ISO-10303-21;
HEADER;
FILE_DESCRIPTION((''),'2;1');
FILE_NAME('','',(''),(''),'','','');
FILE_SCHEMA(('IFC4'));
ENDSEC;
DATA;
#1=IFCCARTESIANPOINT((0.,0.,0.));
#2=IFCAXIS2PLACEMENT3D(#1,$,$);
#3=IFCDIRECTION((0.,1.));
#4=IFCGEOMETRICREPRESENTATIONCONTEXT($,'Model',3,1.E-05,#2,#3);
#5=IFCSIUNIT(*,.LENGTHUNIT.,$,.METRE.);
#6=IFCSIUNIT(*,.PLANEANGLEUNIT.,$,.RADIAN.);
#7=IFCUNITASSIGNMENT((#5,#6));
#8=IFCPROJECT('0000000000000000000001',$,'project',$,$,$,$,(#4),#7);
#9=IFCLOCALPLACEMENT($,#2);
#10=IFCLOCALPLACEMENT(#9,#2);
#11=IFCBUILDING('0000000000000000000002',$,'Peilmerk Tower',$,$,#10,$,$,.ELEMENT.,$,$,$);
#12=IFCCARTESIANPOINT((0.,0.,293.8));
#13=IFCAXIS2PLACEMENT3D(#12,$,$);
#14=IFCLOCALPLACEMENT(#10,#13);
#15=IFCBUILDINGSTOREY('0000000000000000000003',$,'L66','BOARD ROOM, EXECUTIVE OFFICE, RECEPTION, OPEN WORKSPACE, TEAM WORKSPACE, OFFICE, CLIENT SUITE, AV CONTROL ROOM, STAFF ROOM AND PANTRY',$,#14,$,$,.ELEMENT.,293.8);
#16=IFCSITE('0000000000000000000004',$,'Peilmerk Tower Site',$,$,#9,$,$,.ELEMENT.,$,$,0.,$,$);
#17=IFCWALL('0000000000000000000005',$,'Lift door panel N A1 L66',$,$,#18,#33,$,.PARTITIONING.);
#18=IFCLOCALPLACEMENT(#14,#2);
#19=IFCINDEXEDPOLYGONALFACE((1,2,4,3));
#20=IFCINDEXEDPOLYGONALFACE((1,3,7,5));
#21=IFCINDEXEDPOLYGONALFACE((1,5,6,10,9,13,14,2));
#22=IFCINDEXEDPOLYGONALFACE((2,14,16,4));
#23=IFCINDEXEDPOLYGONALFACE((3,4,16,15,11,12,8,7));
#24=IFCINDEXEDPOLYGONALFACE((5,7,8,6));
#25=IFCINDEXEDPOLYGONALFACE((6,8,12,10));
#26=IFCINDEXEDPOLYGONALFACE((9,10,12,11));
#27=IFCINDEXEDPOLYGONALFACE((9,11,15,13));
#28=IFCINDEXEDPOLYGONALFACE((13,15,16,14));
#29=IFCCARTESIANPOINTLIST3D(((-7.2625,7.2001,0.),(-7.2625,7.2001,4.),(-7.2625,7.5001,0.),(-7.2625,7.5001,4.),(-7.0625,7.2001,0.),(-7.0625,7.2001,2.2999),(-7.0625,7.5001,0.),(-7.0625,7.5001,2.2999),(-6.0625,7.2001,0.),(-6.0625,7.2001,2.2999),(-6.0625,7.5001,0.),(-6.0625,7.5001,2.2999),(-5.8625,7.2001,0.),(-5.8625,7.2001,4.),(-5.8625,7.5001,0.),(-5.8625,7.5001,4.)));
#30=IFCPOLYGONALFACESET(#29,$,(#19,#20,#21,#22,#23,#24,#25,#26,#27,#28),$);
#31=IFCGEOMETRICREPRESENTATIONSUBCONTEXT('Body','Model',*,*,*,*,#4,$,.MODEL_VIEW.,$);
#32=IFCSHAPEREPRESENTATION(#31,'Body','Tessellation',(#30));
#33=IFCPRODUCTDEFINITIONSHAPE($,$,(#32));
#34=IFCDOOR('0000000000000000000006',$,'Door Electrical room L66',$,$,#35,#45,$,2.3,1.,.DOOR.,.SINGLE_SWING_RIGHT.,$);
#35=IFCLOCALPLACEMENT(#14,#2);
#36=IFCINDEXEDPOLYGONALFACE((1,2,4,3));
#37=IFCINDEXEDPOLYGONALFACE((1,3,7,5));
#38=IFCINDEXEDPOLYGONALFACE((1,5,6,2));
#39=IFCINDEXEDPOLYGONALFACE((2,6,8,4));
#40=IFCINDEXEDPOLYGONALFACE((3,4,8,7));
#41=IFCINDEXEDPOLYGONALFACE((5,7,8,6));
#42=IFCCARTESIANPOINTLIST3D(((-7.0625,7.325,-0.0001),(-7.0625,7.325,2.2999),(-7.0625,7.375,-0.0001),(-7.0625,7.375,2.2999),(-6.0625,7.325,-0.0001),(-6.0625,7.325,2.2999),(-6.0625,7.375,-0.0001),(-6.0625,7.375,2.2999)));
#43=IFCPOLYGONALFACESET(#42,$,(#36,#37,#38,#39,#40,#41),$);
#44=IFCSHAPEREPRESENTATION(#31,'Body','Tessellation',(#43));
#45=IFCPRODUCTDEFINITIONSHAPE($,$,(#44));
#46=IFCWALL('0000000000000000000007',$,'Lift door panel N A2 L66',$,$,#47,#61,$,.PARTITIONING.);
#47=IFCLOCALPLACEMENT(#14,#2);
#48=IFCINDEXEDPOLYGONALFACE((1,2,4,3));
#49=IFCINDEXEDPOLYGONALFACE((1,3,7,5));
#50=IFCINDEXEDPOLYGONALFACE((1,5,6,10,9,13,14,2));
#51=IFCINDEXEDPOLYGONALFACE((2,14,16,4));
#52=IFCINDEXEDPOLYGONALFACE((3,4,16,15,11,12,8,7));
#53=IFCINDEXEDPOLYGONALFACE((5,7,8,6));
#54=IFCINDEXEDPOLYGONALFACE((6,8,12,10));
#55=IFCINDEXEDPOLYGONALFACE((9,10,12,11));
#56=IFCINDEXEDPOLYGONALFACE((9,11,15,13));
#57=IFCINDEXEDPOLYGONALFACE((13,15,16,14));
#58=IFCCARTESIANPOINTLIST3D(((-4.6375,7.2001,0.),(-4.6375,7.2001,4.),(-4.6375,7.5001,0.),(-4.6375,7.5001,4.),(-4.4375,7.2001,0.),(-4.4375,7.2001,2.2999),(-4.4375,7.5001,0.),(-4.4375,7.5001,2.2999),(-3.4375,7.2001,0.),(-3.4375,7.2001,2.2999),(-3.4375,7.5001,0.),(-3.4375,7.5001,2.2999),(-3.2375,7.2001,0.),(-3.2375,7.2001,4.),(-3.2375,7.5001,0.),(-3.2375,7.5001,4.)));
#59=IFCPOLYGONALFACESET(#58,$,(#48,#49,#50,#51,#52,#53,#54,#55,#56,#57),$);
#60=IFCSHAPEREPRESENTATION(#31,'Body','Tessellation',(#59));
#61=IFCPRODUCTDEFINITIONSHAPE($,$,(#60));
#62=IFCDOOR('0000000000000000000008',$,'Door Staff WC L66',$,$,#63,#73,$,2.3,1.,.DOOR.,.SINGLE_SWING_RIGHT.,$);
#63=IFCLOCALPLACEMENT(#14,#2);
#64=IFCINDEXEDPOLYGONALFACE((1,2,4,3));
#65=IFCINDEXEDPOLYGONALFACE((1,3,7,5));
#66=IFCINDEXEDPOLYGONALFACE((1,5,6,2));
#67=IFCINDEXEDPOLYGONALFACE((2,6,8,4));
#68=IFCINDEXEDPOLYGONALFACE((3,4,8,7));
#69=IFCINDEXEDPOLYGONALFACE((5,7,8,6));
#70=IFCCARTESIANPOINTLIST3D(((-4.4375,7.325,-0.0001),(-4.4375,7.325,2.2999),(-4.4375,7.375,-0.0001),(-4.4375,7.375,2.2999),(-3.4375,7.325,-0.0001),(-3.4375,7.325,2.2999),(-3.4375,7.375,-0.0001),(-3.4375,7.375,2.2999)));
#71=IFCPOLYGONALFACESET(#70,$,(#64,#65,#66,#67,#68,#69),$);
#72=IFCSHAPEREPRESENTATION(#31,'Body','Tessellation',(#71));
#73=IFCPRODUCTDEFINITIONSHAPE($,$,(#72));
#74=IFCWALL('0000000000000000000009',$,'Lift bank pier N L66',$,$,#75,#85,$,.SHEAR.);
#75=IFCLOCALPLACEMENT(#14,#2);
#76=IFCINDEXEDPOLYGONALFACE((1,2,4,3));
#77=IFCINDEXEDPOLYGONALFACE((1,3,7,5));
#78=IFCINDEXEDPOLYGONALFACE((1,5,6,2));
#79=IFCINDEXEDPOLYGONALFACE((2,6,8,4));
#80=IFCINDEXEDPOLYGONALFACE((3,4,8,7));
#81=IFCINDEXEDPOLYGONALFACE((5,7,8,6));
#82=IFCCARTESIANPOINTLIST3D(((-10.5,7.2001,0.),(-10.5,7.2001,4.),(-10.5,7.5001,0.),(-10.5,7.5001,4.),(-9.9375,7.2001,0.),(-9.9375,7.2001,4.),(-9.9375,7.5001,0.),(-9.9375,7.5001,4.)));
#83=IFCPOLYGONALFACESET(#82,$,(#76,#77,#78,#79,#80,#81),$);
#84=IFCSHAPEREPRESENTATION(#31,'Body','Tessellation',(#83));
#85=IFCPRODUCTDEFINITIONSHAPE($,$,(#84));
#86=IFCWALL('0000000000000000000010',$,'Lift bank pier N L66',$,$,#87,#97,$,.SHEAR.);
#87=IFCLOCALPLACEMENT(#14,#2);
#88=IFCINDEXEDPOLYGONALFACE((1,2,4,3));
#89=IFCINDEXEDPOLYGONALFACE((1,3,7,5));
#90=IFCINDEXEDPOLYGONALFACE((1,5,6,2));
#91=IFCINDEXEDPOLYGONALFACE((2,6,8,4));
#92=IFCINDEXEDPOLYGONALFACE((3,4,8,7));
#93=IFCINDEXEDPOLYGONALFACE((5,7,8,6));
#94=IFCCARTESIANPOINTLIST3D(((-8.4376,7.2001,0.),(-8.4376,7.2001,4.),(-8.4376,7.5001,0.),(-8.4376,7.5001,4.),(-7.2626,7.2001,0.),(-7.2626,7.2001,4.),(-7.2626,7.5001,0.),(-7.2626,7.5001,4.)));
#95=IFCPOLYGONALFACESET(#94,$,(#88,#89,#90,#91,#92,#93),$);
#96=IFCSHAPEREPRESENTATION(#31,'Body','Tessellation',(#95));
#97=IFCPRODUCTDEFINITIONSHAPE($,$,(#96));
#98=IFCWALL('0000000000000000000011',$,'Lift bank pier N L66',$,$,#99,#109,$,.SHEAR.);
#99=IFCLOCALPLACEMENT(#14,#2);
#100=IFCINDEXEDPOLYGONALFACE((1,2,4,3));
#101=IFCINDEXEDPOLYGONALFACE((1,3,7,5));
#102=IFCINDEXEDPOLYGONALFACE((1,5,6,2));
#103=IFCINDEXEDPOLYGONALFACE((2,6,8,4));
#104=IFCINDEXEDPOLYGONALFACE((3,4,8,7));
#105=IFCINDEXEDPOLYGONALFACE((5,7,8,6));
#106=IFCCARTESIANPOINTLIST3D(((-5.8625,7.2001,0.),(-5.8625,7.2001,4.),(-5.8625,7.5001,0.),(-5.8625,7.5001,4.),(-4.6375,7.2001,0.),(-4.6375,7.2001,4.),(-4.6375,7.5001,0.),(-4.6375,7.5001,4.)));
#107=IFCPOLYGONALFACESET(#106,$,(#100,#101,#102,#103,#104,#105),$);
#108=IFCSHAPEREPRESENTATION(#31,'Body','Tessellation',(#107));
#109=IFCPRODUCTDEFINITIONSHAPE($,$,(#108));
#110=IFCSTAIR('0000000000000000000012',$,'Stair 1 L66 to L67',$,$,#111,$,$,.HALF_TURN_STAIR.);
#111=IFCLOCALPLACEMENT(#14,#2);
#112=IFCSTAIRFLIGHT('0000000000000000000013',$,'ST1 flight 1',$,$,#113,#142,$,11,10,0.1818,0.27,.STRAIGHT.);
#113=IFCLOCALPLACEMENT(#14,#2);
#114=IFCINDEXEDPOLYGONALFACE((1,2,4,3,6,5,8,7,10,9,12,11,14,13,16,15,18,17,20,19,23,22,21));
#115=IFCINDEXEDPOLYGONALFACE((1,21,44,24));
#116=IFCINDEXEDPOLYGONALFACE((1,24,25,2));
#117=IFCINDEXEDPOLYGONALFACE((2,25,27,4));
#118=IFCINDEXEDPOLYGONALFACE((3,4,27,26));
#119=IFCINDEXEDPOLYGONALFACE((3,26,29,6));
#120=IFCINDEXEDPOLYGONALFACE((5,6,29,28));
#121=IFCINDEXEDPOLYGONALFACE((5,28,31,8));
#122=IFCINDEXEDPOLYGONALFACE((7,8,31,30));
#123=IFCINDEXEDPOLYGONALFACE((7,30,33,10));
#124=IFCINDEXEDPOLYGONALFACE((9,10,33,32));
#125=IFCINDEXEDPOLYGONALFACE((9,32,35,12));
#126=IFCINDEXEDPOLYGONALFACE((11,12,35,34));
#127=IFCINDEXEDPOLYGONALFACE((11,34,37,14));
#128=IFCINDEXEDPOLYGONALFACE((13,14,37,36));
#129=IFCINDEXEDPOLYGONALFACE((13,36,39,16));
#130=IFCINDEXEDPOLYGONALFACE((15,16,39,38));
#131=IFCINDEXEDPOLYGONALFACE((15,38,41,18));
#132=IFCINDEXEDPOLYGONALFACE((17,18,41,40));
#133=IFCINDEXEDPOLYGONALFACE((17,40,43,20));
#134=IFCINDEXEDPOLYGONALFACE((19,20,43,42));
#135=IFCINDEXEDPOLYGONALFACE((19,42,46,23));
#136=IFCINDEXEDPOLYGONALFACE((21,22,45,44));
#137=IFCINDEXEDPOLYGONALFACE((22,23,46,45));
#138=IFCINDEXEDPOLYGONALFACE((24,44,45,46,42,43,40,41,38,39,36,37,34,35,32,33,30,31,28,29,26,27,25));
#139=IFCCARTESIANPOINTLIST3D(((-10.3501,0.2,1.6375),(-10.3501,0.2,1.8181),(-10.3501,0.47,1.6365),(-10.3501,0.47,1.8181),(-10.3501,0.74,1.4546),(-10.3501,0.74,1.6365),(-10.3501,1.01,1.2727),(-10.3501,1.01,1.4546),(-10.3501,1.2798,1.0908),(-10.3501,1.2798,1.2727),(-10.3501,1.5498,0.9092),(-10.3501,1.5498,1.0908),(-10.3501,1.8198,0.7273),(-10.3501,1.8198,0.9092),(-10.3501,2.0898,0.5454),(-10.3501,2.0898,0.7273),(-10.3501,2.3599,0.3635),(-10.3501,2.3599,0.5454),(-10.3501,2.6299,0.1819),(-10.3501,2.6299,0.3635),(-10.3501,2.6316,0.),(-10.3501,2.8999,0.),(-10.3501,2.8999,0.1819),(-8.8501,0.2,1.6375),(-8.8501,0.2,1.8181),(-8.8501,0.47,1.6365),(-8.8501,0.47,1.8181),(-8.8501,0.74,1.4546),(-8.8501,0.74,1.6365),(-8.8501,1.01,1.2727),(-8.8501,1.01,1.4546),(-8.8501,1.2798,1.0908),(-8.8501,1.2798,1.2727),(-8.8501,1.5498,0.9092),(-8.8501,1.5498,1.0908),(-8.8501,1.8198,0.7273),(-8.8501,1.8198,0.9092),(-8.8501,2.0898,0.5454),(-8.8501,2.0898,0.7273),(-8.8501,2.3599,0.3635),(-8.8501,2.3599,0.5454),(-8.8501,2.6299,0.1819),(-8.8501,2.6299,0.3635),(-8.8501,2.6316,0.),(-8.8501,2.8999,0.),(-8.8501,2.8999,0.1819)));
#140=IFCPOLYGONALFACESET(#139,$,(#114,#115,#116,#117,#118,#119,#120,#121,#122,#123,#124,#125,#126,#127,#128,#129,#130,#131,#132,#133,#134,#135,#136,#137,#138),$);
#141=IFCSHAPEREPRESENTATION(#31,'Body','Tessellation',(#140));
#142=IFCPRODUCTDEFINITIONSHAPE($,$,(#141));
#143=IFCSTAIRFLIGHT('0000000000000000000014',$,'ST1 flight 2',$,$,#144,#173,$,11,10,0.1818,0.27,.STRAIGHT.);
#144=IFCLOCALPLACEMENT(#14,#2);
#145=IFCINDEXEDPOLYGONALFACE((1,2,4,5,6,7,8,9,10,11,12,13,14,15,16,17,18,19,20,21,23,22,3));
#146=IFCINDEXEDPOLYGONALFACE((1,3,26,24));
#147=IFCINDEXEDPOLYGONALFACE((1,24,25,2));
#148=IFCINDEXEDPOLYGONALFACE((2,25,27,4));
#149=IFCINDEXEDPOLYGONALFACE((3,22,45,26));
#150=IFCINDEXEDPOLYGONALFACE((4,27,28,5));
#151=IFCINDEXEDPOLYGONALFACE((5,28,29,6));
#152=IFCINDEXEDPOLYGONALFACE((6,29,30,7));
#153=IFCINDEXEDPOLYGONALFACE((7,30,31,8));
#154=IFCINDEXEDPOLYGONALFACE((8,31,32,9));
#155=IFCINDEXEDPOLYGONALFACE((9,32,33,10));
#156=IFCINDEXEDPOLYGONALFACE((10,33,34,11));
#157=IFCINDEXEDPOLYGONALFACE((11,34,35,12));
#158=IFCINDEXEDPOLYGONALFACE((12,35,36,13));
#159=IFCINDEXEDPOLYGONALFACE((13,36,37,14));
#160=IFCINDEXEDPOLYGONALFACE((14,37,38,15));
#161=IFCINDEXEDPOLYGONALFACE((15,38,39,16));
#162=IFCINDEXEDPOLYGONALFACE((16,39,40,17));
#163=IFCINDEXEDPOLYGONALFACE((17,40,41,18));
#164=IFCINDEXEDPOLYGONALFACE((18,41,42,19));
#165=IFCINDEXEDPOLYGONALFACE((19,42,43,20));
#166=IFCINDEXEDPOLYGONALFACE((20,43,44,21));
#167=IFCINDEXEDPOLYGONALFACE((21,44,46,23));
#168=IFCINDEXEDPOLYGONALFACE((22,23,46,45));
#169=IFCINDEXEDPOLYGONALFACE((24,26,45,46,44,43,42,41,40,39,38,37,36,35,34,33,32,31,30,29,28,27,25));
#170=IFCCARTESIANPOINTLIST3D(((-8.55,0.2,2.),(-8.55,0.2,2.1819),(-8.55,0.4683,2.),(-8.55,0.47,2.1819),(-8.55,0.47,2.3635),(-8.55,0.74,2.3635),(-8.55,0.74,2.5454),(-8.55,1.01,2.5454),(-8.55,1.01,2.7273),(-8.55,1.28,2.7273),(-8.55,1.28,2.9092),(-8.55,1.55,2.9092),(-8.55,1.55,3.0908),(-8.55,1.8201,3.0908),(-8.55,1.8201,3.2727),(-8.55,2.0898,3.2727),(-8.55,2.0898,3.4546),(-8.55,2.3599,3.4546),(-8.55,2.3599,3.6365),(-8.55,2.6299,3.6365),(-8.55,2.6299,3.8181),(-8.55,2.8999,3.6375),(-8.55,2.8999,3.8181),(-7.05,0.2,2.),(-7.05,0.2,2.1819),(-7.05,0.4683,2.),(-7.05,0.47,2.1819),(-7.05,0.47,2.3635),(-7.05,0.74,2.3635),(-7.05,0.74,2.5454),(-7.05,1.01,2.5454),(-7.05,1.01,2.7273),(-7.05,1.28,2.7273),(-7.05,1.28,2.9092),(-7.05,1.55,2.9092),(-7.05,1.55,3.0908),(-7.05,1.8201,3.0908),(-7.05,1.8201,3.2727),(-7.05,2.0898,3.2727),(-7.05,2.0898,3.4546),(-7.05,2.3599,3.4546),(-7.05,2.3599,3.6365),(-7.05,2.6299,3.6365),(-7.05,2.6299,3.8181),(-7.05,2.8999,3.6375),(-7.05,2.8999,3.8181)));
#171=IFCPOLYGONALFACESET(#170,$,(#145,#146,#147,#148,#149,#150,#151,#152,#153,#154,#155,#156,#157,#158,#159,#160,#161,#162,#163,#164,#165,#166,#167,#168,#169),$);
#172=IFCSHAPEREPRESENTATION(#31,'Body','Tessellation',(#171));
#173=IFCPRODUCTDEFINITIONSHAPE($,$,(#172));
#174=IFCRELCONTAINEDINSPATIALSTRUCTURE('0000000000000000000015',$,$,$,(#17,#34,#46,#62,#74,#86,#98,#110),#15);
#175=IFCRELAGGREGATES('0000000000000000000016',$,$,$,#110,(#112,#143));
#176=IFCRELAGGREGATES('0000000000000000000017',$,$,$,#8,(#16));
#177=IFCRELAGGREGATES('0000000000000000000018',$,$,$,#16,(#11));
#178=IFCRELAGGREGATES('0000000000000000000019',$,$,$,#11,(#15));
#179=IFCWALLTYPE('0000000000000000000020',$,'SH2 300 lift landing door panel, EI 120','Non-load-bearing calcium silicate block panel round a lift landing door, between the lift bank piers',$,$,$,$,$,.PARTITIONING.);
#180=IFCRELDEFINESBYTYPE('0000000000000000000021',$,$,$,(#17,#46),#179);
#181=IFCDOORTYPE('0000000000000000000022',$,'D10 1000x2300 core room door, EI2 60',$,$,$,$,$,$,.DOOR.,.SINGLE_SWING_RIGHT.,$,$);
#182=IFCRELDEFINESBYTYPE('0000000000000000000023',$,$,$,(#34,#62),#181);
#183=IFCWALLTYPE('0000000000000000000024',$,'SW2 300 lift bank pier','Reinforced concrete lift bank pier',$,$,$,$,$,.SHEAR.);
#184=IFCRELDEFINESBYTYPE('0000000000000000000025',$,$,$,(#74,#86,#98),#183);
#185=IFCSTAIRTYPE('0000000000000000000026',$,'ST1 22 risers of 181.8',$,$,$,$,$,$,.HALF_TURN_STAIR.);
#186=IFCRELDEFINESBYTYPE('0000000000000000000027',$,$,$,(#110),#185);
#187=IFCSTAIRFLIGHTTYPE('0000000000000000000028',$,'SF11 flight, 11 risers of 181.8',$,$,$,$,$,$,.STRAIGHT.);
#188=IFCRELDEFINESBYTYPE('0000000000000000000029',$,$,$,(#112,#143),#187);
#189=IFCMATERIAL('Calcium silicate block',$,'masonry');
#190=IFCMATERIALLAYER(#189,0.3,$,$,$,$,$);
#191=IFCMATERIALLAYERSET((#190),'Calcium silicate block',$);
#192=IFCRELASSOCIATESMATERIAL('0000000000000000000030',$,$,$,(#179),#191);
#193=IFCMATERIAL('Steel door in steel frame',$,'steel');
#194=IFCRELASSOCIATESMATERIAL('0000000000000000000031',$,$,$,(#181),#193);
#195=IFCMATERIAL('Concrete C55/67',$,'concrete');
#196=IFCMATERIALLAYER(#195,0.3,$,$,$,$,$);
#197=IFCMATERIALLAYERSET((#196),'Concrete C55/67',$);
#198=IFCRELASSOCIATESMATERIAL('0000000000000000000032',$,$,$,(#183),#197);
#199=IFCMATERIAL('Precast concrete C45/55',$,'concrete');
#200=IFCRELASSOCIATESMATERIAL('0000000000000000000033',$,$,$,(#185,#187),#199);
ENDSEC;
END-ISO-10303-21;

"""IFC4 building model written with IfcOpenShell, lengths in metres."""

from ifc_helpers import new_model, si_unit, direction, frame, frame_2d, origin, place, context, subcontext, project, spatial, polyline, rectangle, outline, extrude, material, layer, layer_set, type_object, element, fill, aggregate, save


model = new_model("IFC4")

# Units and contexts
model_context = context("Model", 3, precision=1e-05, world=origin(), true_north=direction((0.0, 1.0)))
body_context = subcontext(model_context, "Body", "Model", "MODEL_VIEW")
ifc_project = project(units=[si_unit("LENGTHUNIT", "METRE"), si_unit("PLANEANGLEUNIT", "RADIAN")], contexts=[model_context])

# Site, building, storey
site_placement = place(None, origin())
site = spatial("IfcSite", under=ifc_project, at=site_placement, Name="Peilmerk Tower Site", CompositionType="ELEMENT", RefElevation=0.0)
building_placement = place(site_placement, origin())
building = spatial("IfcBuilding", under=site, at=building_placement, Name="Peilmerk Tower", CompositionType="ELEMENT")
storey_placement = place(building_placement, frame((0.0, 0.0, 293.8)))
storey = spatial("IfcBuildingStorey", under=building, at=storey_placement, Name="L66", Description="BOARD ROOM, EXECUTIVE OFFICE, RECEPTION, OPEN WORKSPACE, TEAM WORKSPACE, OFFICE, CLIENT SUITE, AV CONTROL ROOM, STAFF ROOM AND PANTRY", CompositionType="ELEMENT", Elevation=293.8)

# Shared definitions
ifc_material_1 = material(Name="Concrete C55/67", Category="concrete")

# Shared definitions
ifc_material_2 = material(Name="Steel door in steel frame", Category="steel")

# Walls, openings, doors
ifc_material_3 = material(Name="Calcium silicate block", Category="masonry")
ifc_layer_1 = layer(ifc_material_3, 0.3)
ifc_layer_set_1 = layer_set([ifc_layer_1], Name="Calcium silicate block")
wall_type_1 = type_object("IfcWallType", Name="SH2 300 lift landing door panel, EI 120", Description="Non-load-bearing calcium silicate block panel round a lift landing door, between the lift bank piers", PredefinedType="PARTITIONING", material=ifc_layer_set_1)
wall_1_placement = place(storey_placement, frame((-7.2625, 7.3501, 0.0), z_axis=(0.0, 0.0, 1.0), x_axis=(1.0, 0.0, 0.0)))
wall_1 = element("IfcWall", 1, at=wall_1_placement, inside=storey, type_object=wall_type_1, Name="Lift door panel N A1 L66", PredefinedType="PARTITIONING", context=body_context, shape_type="SweptSolid", body=[
    extrude(rectangle(XDim=1.3999, YDim=0.3, at=frame_2d((0.7, 0.0))), origin(), (0.0, 0.0, 1.0), 4.0),
])
opening_1_placement = place(wall_1_placement, frame((0.2, 0.0, 0.0)))
opening_1 = element("IfcOpeningElement", 2, at=opening_1_placement, cuts=wall_1, PredefinedType="OPENING", context=body_context, shape_type="SweptSolid", body=[
    extrude(rectangle(XDim=1.0, YDim=2.3, at=frame_2d((0.5, 1.1499))), frame((0.0, 0.1599, 0.0), z_axis=(0.0, -1.0, 0.0), x_axis=(1.0, 0.0, 0.0)), (0.0, 0.0, 1.0), 0.3201),
])
door_type_1 = type_object("IfcDoorType", Name="D10 1000x2300 core room door, EI2 60", OperationType="SINGLE_SWING_RIGHT", PredefinedType="DOOR", material=ifc_material_2)
door_1_placement = place(opening_1_placement, origin())
door_1 = element("IfcDoor", 3, at=door_1_placement, inside=storey, type_object=door_type_1, Name="Door Electrical room L66", OperationType="SINGLE_SWING_RIGHT", OverallHeight=2.3, OverallWidth=1.0, PredefinedType="DOOR", context=body_context, shape_type="SweptSolid", body=[
    extrude(rectangle(XDim=1.0, YDim=2.3, at=frame_2d((0.5, 1.1499))), frame((0.0, 0.0249, 0.0), z_axis=(0.0, -1.0, 0.0), x_axis=(1.0, 0.0, 0.0)), (0.0, 0.0, 1.0), 0.05),
])
fill(opening_1, door_1)
wall_2_placement = place(storey_placement, frame((-4.6375, 7.3501, 0.0), z_axis=(0.0, 0.0, 1.0), x_axis=(1.0, 0.0, 0.0)))
wall_2 = element("IfcWall", 4, at=wall_2_placement, inside=storey, type_object=wall_type_1, Name="Lift door panel N A2 L66", PredefinedType="PARTITIONING", context=body_context, shape_type="SweptSolid", body=[
    extrude(rectangle(XDim=1.3999, YDim=0.3, at=frame_2d((0.7, 0.0))), origin(), (0.0, 0.0, 1.0), 4.0),
])
opening_2_placement = place(wall_2_placement, frame((0.2, 0.0, 0.0)))
opening_2 = element("IfcOpeningElement", 5, at=opening_2_placement, cuts=wall_2, PredefinedType="OPENING", context=body_context, shape_type="SweptSolid", body=[
    extrude(rectangle(XDim=1.0, YDim=2.3, at=frame_2d((0.5, 1.1499))), frame((0.0, 0.1599, 0.0), z_axis=(0.0, -1.0, 0.0), x_axis=(1.0, 0.0, 0.0)), (0.0, 0.0, 1.0), 0.3201),
])
door_2_placement = place(opening_2_placement, origin())
door_2 = element("IfcDoor", 6, at=door_2_placement, inside=storey, type_object=door_type_1, Name="Door Staff WC L66", OperationType="SINGLE_SWING_RIGHT", OverallHeight=2.3, OverallWidth=1.0, PredefinedType="DOOR", context=body_context, shape_type="SweptSolid", body=[
    extrude(rectangle(XDim=1.0, YDim=2.3, at=frame_2d((0.5, 1.1499))), frame((0.0, 0.0249, 0.0), z_axis=(0.0, -1.0, 0.0), x_axis=(1.0, 0.0, 0.0)), (0.0, 0.0, 1.0), 0.05),
])
fill(opening_2, door_2)

# Walls
ifc_layer_2 = layer(ifc_material_1, 0.3)
ifc_layer_set_2 = layer_set([ifc_layer_2], Name="Concrete C55/67")
wall_type_2 = type_object("IfcWallType", Name="SW2 300 lift bank pier", Description="Reinforced concrete lift bank pier", PredefinedType="SHEAR", material=ifc_layer_set_2)
wall_3_placement = place(storey_placement, frame((-10.5, 7.3501, 0.0), z_axis=(0.0, 0.0, 1.0), x_axis=(1.0, 0.0, 0.0)))
element("IfcWall", 7, at=wall_3_placement, inside=storey, type_object=wall_type_2, Name="Lift bank pier N L66", PredefinedType="SHEAR", context=body_context, shape_type="SweptSolid", body=[
    extrude(rectangle(XDim=0.5625, YDim=0.3, at=frame_2d((0.2812, 0.0))), origin(), (0.0, 0.0, 1.0), 4.0),
])
wall_4_placement = place(storey_placement, frame((-8.4375, 7.3501, 0.0), z_axis=(0.0, 0.0, 1.0), x_axis=(1.0, 0.0, 0.0)))
element("IfcWall", 8, at=wall_4_placement, inside=storey, type_object=wall_type_2, Name="Lift bank pier N L66", PredefinedType="SHEAR", context=body_context, shape_type="SweptSolid", body=[
    extrude(rectangle(XDim=1.175, YDim=0.3, at=frame_2d((0.5874, 0.0))), origin(), (0.0, 0.0, 1.0), 4.0),
])
wall_5_placement = place(storey_placement, frame((-5.8625, 7.3501, 0.0), z_axis=(0.0, 0.0, 1.0), x_axis=(1.0, 0.0, 0.0)))
element("IfcWall", 9, at=wall_5_placement, inside=storey, type_object=wall_type_2, Name="Lift bank pier N L66", PredefinedType="SHEAR", context=body_context, shape_type="SweptSolid", body=[
    extrude(rectangle(XDim=1.2251, YDim=0.3, at=frame_2d((0.6125, 0.0))), origin(), (0.0, 0.0, 1.0), 4.0),
])

# Stair, stair flights
ifc_material_4 = material(Name="Precast concrete C45/55", Category="concrete")
stair_type = type_object("IfcStairType", Name="ST1 22 risers of 181.8", PredefinedType="HALF_TURN_STAIR", material=ifc_material_4)
stair_placement = place(storey_placement, origin())
stair = element("IfcStair", 10, at=stair_placement, inside=storey, type_object=stair_type, Name="Stair 1 L66 to L67", PredefinedType="HALF_TURN_STAIR")
stair_flight_type = type_object("IfcStairFlightType", Name="SF11 flight, 11 risers of 181.8", PredefinedType="STRAIGHT", material=ifc_material_4)
stair_flight_1_placement = place(storey_placement, frame((-9.6001, 2.8999, 0.0), z_axis=(0.0, 0.0, 1.0), x_axis=(0.0, -1.0, 0.0)))
stair_flight_1 = element("IfcStairFlight", 11, at=stair_flight_1_placement, type_object=stair_flight_type, Name="ST1 flight 1", NumberOfRisers=11, NumberOfTreads=10, PredefinedType="STRAIGHT", RiserHeight=0.1818, TreadLength=0.27, context=body_context, shape_type="SweptSolid", body=[
    extrude(outline(polyline([(0.0, 0.0), (0.0, 0.1819), (0.27, 0.1819), (0.27, 0.3635), (0.54, 0.3635), (0.54, 0.5454), (0.8101, 0.5454), (0.8101, 0.7273), (1.0801, 0.7273), (1.0801, 0.9092), (1.3501, 0.9092), (1.3501, 1.0908), (1.6201, 1.0908), (1.6201, 1.2727), (1.8899, 1.2727), (1.8899, 1.4546), (2.1599, 1.4546), (2.1599, 1.6365), (2.4299, 1.6365), (2.4299, 1.8181), (2.7, 1.8181), (2.7, 2.0), (2.7, 1.6375), (0.2683, 0.0), (0.0, 0.0)])), frame((0.0, 0.75, 0.0), z_axis=(0.0, -1.0, 0.0), x_axis=(1.0, 0.0, 0.0)), (0.0, 0.0, 1.0), 1.5),
])
stair_flight_2_placement = place(storey_placement, frame((-7.8, 0.2, 2.0), z_axis=(0.0, 0.0, 1.0), x_axis=(0.0, 1.0, 0.0)))
stair_flight_2 = element("IfcStairFlight", 12, at=stair_flight_2_placement, type_object=stair_flight_type, Name="ST1 flight 2", NumberOfRisers=11, NumberOfTreads=10, PredefinedType="STRAIGHT", RiserHeight=0.1818, TreadLength=0.27, context=body_context, shape_type="SweptSolid", body=[
    extrude(outline(polyline([(0.0, 0.0), (0.0, 0.1819), (0.27, 0.1819), (0.27, 0.3635), (0.54, 0.3635), (0.54, 0.5454), (0.8101, 0.5454), (0.8101, 0.7273), (1.0801, 0.7273), (1.0801, 0.9092), (1.3501, 0.9092), (1.3501, 1.0908), (1.6201, 1.0908), (1.6201, 1.2727), (1.8899, 1.2727), (1.8899, 1.4546), (2.1599, 1.4546), (2.1599, 1.6365), (2.4299, 1.6365), (2.4299, 1.8181), (2.7, 1.8181), (2.7, 2.0), (2.7, 1.6375), (0.2683, 0.0), (0.0, 0.0)])), frame((0.0, 0.75, 0.0), z_axis=(0.0, -1.0, 0.0), x_axis=(1.0, 0.0, 0.0)), (0.0, 0.0, 1.0), 1.5),
])
aggregate(stair, [stair_flight_1, stair_flight_2])

save(model, "model.ifc")
